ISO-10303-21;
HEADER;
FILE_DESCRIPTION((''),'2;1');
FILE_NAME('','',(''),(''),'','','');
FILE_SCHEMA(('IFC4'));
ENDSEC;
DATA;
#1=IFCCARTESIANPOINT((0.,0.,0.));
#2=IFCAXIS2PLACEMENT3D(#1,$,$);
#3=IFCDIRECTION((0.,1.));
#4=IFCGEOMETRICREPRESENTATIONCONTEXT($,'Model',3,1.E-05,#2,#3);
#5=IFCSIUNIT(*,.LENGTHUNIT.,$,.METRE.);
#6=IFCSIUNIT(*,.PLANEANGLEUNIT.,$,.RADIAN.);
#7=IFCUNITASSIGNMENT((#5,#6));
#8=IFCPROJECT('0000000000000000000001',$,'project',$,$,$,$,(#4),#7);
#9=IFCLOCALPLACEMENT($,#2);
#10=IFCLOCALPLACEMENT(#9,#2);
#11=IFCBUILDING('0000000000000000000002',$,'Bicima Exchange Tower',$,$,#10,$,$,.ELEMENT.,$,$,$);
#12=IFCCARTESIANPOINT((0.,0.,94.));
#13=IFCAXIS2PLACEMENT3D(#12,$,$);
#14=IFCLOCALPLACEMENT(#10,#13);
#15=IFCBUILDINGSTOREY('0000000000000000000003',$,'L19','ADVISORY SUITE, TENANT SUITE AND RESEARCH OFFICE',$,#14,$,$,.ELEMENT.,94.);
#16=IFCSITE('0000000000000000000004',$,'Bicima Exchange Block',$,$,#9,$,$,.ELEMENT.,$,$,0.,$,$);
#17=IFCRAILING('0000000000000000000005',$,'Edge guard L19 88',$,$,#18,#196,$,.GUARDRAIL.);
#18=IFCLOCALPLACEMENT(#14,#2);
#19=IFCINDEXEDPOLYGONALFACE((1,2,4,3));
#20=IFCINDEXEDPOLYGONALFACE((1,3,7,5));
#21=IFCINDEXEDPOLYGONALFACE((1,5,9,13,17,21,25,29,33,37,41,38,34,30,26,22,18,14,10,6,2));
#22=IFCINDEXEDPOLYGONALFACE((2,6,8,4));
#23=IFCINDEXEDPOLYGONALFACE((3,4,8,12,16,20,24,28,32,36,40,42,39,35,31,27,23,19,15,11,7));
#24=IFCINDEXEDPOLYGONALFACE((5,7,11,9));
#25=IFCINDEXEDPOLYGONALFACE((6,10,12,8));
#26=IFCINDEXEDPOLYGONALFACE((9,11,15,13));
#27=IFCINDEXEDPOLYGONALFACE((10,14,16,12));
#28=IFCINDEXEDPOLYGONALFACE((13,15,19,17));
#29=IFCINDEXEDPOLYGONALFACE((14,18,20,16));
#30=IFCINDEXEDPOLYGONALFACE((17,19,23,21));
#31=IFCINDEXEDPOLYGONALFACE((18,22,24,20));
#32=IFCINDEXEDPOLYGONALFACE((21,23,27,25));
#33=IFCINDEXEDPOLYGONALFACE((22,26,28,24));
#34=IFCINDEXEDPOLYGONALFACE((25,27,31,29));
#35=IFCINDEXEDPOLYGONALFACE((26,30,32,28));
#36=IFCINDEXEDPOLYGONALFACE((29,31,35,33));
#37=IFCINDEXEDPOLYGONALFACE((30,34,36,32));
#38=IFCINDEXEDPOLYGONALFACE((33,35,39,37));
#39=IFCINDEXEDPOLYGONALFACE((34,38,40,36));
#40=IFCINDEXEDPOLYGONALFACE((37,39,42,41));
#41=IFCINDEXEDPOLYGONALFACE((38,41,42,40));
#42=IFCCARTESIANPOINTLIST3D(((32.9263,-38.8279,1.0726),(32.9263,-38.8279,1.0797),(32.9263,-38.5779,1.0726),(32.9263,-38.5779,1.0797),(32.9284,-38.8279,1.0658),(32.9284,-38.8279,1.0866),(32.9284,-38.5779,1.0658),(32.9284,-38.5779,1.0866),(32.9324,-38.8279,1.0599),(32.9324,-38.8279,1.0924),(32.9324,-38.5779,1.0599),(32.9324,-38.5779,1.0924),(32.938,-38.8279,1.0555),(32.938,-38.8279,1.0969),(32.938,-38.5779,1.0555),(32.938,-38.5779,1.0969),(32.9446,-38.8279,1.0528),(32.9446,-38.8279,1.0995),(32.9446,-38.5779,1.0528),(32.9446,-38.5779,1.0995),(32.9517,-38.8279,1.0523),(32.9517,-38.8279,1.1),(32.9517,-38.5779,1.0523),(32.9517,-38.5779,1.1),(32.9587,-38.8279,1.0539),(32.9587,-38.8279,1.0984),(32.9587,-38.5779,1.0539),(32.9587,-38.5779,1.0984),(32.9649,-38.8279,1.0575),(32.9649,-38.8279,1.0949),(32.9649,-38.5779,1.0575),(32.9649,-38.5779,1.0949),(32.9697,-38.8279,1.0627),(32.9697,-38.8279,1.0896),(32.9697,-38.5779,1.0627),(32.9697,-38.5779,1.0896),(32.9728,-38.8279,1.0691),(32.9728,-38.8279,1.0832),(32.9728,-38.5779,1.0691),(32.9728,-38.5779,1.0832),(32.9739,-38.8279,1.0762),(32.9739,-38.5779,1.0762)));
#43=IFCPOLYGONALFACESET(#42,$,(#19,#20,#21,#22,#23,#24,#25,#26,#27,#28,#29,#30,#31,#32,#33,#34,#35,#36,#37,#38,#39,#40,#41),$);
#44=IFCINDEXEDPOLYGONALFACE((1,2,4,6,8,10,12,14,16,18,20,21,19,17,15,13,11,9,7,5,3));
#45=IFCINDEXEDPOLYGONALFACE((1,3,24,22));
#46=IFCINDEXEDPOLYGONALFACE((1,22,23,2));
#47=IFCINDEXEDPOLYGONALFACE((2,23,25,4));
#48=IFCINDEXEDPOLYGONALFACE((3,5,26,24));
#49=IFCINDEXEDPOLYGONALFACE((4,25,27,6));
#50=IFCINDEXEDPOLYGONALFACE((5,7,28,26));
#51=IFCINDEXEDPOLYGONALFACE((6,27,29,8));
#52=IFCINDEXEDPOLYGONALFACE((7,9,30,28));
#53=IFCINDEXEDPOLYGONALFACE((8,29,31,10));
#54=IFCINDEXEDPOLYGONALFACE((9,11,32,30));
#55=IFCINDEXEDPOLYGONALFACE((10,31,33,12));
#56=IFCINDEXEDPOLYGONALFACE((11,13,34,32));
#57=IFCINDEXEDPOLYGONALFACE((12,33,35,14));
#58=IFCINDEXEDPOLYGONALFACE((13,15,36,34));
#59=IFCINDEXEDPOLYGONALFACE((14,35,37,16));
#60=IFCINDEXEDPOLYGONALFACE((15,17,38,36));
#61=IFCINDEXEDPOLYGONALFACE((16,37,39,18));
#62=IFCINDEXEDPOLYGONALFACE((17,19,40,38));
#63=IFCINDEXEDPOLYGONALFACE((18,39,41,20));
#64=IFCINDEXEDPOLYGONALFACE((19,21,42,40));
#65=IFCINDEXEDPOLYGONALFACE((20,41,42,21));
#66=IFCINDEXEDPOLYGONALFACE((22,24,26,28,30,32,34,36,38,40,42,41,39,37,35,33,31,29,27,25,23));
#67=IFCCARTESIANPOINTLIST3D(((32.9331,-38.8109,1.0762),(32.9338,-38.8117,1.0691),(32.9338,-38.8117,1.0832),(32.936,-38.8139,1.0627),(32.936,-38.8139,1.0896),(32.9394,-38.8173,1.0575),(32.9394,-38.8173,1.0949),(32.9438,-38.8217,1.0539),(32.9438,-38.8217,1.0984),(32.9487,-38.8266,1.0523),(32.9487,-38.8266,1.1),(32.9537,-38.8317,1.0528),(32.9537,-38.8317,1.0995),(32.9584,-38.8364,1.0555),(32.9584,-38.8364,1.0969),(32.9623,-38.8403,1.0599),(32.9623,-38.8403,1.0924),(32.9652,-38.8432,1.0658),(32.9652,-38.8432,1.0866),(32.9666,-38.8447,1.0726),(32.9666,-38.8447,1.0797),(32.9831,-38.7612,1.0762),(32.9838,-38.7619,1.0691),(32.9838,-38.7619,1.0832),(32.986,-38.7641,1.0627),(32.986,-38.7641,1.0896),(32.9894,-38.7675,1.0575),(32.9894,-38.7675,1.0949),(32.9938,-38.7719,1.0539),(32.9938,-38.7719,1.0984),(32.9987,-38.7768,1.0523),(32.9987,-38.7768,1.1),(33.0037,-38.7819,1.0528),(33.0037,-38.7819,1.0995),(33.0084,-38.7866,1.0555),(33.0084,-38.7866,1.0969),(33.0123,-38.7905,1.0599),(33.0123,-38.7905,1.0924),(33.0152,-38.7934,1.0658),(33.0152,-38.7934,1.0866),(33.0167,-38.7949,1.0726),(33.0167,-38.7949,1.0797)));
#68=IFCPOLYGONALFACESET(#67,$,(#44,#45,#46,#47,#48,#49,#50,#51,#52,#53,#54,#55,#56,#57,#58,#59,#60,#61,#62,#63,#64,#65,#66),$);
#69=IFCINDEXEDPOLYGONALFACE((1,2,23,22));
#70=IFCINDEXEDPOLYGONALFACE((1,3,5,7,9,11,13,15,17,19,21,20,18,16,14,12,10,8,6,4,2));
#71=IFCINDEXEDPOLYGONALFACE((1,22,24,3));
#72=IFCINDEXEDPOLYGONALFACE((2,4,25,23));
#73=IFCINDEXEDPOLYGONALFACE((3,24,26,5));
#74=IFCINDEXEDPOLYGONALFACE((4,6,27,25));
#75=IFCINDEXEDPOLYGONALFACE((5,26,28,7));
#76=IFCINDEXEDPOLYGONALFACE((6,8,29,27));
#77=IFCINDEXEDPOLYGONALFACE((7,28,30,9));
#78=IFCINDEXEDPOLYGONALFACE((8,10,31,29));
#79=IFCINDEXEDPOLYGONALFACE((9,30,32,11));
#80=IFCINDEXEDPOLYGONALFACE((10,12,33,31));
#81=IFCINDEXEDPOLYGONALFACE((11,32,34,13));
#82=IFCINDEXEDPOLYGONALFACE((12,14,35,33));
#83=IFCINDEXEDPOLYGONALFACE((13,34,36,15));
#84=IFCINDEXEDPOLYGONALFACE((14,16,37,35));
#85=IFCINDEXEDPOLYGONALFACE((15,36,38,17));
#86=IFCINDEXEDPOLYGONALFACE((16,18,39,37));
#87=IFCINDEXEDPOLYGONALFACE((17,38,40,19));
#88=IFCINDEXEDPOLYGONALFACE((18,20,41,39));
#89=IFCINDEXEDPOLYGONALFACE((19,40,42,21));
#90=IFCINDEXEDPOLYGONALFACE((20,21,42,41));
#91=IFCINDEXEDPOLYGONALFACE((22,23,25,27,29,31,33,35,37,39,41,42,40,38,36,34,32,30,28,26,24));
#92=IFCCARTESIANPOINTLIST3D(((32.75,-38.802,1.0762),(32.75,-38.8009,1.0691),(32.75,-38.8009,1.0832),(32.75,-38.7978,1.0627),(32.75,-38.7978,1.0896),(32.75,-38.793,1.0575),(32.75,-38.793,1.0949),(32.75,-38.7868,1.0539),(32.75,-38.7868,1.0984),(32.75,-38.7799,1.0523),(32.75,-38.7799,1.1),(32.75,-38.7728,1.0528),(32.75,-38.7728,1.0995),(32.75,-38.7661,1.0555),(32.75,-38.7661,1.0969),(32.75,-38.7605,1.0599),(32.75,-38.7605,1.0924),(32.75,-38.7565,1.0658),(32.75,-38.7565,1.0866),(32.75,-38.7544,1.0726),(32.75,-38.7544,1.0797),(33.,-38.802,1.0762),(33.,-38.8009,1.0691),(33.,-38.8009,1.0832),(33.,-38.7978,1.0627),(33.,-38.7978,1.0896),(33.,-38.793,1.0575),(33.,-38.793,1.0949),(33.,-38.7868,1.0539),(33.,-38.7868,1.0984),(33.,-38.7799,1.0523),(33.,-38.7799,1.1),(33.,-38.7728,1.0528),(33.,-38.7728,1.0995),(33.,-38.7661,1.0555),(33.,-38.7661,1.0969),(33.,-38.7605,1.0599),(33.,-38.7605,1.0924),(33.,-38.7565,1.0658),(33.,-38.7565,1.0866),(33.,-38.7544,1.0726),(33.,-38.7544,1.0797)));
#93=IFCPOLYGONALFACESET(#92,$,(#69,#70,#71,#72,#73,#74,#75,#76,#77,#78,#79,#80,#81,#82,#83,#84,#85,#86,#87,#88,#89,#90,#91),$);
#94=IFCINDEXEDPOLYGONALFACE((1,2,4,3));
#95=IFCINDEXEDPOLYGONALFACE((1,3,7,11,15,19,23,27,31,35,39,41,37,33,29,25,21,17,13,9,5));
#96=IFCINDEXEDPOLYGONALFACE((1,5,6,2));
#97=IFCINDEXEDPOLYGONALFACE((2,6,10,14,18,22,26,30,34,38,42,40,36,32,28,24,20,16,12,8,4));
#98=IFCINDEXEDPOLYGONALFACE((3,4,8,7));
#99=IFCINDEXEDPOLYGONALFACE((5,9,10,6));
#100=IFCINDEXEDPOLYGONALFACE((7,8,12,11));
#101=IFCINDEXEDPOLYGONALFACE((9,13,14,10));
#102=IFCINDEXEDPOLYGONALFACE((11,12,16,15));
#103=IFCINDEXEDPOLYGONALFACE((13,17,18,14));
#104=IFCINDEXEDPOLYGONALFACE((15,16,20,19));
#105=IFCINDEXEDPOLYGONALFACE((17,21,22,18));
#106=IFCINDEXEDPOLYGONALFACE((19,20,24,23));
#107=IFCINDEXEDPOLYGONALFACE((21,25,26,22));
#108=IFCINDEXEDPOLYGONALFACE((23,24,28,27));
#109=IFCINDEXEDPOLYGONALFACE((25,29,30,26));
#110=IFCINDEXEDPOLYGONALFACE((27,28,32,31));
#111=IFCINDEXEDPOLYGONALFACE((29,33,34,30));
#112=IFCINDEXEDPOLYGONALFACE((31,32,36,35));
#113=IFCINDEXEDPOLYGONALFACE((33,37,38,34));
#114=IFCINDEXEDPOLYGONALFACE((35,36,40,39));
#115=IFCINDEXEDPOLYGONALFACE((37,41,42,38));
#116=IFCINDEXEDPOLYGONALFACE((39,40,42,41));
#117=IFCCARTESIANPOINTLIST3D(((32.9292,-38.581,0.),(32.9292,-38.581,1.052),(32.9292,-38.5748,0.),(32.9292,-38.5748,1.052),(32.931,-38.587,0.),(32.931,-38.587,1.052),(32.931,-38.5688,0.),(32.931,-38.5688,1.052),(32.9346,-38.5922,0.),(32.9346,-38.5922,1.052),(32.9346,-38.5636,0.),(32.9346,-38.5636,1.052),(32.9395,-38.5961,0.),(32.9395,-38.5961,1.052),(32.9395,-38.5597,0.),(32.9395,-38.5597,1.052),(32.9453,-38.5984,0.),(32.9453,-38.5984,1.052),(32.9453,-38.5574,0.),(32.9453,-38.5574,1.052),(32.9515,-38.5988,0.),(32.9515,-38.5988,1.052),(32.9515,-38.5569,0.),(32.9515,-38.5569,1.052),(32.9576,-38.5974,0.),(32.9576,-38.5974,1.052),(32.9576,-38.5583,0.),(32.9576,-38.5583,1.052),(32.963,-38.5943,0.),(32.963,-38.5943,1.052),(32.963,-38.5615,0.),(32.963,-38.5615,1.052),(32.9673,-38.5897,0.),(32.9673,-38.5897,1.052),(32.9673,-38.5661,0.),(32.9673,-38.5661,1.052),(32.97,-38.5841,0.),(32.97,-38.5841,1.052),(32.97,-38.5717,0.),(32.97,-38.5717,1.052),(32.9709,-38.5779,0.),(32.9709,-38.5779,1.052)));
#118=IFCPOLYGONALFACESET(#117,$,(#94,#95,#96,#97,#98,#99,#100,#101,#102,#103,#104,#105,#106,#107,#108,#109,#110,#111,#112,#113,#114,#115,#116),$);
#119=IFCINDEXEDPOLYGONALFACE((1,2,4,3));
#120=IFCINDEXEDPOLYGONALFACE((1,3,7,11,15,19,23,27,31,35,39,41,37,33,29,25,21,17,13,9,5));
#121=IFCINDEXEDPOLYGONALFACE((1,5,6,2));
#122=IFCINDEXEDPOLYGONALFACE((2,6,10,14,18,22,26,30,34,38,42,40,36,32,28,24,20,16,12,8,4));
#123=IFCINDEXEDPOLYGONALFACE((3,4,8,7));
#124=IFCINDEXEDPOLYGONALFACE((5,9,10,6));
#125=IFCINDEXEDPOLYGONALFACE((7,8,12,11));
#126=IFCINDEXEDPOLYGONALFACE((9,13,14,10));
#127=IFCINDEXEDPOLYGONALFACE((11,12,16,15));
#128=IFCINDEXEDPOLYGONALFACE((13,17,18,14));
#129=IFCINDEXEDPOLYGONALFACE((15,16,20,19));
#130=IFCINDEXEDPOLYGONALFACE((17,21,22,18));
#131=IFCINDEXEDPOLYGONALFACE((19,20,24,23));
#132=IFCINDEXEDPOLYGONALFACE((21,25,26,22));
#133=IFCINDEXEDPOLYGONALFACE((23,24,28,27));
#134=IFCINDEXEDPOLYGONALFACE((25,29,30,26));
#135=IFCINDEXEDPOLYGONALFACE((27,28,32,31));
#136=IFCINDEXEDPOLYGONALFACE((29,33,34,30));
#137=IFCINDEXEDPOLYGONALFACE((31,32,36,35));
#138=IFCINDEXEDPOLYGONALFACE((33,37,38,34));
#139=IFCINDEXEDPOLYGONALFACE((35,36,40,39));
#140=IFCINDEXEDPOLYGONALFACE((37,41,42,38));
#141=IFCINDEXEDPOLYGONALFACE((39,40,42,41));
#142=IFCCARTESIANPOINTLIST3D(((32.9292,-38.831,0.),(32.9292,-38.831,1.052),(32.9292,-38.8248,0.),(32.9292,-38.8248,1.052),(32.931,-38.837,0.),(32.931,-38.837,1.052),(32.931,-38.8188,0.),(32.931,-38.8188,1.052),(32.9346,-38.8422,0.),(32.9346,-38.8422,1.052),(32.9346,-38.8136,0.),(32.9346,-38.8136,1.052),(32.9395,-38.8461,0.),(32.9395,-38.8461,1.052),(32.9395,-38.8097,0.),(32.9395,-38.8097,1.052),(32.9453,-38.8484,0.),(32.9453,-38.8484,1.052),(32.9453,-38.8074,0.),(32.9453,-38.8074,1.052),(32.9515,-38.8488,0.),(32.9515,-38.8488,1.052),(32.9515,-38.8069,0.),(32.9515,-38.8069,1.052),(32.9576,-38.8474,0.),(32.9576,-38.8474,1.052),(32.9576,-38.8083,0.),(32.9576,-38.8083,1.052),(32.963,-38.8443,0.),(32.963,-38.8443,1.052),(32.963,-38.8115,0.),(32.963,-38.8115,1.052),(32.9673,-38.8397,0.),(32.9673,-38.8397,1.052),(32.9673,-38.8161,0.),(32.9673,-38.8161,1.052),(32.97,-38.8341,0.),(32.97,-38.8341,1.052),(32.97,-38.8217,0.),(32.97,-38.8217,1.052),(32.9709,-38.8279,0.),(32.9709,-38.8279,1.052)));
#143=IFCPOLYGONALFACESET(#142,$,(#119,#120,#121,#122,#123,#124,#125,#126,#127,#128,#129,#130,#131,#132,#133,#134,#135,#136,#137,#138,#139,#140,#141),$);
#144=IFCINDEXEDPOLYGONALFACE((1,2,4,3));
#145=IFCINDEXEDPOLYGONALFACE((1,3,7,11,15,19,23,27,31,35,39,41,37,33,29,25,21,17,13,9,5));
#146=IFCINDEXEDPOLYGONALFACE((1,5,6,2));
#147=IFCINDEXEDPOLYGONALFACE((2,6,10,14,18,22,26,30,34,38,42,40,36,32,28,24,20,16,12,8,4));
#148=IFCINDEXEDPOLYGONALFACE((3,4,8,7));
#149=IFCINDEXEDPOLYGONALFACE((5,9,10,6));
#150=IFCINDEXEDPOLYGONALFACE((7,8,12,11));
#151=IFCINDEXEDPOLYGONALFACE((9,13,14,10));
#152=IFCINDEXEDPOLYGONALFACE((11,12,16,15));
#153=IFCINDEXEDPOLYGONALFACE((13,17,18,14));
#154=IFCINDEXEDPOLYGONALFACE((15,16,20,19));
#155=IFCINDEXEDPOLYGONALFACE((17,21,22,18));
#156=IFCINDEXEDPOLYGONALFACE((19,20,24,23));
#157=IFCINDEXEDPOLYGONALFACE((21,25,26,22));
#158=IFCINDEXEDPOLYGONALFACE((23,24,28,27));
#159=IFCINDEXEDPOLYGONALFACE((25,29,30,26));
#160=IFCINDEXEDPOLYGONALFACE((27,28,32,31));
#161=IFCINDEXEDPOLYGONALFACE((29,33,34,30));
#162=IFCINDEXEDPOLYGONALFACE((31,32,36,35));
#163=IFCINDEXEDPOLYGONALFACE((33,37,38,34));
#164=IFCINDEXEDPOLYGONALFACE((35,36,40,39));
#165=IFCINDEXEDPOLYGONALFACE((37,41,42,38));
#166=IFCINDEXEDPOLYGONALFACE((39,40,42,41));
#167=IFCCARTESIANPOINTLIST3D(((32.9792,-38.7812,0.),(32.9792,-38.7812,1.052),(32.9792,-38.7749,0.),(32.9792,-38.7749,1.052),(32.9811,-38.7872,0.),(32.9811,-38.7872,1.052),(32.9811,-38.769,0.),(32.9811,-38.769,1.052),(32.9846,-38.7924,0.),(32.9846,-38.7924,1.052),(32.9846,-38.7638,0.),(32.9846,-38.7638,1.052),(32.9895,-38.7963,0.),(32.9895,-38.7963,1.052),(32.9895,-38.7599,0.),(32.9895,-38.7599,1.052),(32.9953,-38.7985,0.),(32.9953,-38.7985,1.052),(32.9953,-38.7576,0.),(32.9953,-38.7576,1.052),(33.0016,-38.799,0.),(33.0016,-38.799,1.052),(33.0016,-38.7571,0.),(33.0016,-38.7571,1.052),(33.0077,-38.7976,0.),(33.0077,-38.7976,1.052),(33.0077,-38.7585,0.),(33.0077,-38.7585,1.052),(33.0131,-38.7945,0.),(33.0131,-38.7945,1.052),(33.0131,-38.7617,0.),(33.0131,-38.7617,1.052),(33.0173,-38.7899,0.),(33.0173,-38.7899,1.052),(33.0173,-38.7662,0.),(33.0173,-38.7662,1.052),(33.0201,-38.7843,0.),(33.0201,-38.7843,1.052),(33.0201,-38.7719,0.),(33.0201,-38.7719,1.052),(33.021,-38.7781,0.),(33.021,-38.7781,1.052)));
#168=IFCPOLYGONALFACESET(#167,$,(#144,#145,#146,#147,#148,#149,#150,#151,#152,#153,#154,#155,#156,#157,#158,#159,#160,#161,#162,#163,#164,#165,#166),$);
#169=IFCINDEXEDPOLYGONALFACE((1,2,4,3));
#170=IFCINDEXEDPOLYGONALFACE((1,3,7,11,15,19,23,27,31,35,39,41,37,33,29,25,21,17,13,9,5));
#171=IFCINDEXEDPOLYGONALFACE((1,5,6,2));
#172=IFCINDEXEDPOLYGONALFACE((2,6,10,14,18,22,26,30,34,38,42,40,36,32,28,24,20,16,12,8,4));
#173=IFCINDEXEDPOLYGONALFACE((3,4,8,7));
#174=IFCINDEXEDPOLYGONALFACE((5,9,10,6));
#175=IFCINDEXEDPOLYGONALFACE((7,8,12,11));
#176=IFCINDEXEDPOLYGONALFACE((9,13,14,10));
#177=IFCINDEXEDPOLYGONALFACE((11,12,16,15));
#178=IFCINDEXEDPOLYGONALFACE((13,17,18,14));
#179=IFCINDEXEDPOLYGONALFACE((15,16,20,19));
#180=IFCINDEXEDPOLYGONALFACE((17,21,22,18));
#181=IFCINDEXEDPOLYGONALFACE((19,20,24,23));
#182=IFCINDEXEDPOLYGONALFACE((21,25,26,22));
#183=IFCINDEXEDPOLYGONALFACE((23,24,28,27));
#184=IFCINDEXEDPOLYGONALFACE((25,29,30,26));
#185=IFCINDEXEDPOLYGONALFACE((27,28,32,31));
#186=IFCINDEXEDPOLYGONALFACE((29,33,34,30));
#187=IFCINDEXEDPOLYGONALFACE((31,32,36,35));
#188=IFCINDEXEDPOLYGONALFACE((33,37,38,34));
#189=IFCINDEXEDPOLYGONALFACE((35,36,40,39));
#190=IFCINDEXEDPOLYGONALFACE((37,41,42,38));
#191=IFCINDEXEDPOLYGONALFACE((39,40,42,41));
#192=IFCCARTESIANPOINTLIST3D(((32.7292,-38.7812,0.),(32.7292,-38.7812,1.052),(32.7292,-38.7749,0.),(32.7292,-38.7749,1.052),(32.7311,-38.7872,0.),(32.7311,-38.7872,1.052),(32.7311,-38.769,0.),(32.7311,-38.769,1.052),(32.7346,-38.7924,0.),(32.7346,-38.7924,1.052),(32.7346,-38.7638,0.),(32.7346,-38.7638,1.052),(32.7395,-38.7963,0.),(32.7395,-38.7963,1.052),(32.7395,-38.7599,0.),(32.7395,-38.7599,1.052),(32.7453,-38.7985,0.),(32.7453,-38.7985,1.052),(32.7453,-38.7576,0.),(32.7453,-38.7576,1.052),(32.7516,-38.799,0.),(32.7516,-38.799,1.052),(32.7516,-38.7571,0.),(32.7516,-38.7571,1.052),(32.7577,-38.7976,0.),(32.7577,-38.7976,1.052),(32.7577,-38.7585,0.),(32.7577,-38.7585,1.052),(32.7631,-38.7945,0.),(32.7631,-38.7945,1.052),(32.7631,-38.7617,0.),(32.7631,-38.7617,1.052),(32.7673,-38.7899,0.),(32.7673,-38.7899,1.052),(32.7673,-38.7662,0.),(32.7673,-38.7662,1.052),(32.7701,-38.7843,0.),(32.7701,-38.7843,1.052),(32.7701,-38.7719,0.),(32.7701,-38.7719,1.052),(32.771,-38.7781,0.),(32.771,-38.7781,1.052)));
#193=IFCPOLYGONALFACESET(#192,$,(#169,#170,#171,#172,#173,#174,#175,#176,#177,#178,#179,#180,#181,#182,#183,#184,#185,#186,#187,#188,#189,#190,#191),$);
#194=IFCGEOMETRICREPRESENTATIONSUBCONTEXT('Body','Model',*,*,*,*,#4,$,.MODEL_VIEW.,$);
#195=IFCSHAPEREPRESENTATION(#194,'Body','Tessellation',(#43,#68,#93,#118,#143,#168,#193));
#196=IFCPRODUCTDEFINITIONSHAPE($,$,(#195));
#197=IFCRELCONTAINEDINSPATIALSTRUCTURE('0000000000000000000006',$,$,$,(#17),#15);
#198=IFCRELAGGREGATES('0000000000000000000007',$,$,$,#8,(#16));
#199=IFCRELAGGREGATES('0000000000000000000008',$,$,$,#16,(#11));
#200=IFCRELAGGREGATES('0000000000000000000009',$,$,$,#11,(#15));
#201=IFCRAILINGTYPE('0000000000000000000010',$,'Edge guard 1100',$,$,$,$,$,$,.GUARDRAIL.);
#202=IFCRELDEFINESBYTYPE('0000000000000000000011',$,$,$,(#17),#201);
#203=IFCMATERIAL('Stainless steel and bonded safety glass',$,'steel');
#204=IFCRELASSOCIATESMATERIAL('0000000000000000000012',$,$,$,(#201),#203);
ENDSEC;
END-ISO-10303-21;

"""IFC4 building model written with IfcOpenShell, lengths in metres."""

from ifc_helpers import new_model, si_unit, direction, frame, origin, origin_2d, place, context, subcontext, project, spatial, circle, extrude, material, type_object, element, save


model = new_model("IFC4")

# Units and contexts
model_context = context("Model", 3, precision=1e-05, world=origin(), true_north=direction((0.0, 1.0)))
body_context = subcontext(model_context, "Body", "Model", "MODEL_VIEW")
ifc_project = project(units=[si_unit("LENGTHUNIT", "METRE"), si_unit("PLANEANGLEUNIT", "RADIAN")], contexts=[model_context])

# Site, building, storey
site_placement = place(None, origin())
site = spatial("IfcSite", under=ifc_project, at=site_placement, Name="Bicima Exchange Block", CompositionType="ELEMENT", RefElevation=0.0)
building_placement = place(site_placement, origin())
building = spatial("IfcBuilding", under=site, at=building_placement, Name="Bicima Exchange Tower", CompositionType="ELEMENT")
storey_placement = place(building_placement, frame((0.0, 0.0, 94.0)))
storey = spatial("IfcBuildingStorey", under=building, at=storey_placement, Name="L19", Description="ADVISORY SUITE, TENANT SUITE AND RESEARCH OFFICE", CompositionType="ELEMENT", Elevation=94.0)

# Railing
ifc_material_1 = material(Name="Stainless steel and bonded safety glass", Category="steel")
railing_type = type_object("IfcRailingType", Name="Edge guard 1100", PredefinedType="GUARDRAIL", material=ifc_material_1)
railing_1_placement = place(storey_placement, frame((32.95, -38.5779, 0.0)))
element("IfcRailing", 1, at=railing_1_placement, inside=storey, type_object=railing_type, Name="Edge guard L19 88", PredefinedType="GUARDRAIL", context=body_context, shape_type="SweptSolid", body=[
    extrude(circle(Radius=0.0239, at=origin_2d()), frame((0.0, 0.0, 1.0762), z_axis=(0.0, -1.0, 0.0), x_axis=(1.0, 0.0, 0.0)), (0.0, 0.0, 1.0), 0.25),
    extrude(circle(Radius=0.0239, at=origin_2d()), frame((0.0, -0.25, 1.0762), z_axis=(0.708834, 0.705376, 0.0), x_axis=(-0.705376, 0.708834, 0.0)), (0.0, 0.0, 1.0), 0.0706),
    extrude(circle(Radius=0.0239, at=origin_2d()), frame((0.05, -0.2002, 1.0762), z_axis=(-1.0, 0.0, 0.0), x_axis=(0.0, -1.0, 0.0)), (0.0, 0.0, 1.0), 0.25),
    extrude(circle(Radius=0.021, at=origin_2d()), origin(), (0.0, 0.0, 1.0), 1.052),
    extrude(circle(Radius=0.021, at=origin_2d()), frame((0.0, -0.25, 0.0)), (0.0, 0.0, 1.0), 1.052),
    extrude(circle(Radius=0.021, at=origin_2d()), frame((0.05, -0.2002, 0.0)), (0.0, 0.0, 1.0), 1.052),
    extrude(circle(Radius=0.021, at=origin_2d()), frame((-0.2, -0.2002, 0.0)), (0.0, 0.0, 1.0), 1.052),
])

save(model, "model.ifc")
